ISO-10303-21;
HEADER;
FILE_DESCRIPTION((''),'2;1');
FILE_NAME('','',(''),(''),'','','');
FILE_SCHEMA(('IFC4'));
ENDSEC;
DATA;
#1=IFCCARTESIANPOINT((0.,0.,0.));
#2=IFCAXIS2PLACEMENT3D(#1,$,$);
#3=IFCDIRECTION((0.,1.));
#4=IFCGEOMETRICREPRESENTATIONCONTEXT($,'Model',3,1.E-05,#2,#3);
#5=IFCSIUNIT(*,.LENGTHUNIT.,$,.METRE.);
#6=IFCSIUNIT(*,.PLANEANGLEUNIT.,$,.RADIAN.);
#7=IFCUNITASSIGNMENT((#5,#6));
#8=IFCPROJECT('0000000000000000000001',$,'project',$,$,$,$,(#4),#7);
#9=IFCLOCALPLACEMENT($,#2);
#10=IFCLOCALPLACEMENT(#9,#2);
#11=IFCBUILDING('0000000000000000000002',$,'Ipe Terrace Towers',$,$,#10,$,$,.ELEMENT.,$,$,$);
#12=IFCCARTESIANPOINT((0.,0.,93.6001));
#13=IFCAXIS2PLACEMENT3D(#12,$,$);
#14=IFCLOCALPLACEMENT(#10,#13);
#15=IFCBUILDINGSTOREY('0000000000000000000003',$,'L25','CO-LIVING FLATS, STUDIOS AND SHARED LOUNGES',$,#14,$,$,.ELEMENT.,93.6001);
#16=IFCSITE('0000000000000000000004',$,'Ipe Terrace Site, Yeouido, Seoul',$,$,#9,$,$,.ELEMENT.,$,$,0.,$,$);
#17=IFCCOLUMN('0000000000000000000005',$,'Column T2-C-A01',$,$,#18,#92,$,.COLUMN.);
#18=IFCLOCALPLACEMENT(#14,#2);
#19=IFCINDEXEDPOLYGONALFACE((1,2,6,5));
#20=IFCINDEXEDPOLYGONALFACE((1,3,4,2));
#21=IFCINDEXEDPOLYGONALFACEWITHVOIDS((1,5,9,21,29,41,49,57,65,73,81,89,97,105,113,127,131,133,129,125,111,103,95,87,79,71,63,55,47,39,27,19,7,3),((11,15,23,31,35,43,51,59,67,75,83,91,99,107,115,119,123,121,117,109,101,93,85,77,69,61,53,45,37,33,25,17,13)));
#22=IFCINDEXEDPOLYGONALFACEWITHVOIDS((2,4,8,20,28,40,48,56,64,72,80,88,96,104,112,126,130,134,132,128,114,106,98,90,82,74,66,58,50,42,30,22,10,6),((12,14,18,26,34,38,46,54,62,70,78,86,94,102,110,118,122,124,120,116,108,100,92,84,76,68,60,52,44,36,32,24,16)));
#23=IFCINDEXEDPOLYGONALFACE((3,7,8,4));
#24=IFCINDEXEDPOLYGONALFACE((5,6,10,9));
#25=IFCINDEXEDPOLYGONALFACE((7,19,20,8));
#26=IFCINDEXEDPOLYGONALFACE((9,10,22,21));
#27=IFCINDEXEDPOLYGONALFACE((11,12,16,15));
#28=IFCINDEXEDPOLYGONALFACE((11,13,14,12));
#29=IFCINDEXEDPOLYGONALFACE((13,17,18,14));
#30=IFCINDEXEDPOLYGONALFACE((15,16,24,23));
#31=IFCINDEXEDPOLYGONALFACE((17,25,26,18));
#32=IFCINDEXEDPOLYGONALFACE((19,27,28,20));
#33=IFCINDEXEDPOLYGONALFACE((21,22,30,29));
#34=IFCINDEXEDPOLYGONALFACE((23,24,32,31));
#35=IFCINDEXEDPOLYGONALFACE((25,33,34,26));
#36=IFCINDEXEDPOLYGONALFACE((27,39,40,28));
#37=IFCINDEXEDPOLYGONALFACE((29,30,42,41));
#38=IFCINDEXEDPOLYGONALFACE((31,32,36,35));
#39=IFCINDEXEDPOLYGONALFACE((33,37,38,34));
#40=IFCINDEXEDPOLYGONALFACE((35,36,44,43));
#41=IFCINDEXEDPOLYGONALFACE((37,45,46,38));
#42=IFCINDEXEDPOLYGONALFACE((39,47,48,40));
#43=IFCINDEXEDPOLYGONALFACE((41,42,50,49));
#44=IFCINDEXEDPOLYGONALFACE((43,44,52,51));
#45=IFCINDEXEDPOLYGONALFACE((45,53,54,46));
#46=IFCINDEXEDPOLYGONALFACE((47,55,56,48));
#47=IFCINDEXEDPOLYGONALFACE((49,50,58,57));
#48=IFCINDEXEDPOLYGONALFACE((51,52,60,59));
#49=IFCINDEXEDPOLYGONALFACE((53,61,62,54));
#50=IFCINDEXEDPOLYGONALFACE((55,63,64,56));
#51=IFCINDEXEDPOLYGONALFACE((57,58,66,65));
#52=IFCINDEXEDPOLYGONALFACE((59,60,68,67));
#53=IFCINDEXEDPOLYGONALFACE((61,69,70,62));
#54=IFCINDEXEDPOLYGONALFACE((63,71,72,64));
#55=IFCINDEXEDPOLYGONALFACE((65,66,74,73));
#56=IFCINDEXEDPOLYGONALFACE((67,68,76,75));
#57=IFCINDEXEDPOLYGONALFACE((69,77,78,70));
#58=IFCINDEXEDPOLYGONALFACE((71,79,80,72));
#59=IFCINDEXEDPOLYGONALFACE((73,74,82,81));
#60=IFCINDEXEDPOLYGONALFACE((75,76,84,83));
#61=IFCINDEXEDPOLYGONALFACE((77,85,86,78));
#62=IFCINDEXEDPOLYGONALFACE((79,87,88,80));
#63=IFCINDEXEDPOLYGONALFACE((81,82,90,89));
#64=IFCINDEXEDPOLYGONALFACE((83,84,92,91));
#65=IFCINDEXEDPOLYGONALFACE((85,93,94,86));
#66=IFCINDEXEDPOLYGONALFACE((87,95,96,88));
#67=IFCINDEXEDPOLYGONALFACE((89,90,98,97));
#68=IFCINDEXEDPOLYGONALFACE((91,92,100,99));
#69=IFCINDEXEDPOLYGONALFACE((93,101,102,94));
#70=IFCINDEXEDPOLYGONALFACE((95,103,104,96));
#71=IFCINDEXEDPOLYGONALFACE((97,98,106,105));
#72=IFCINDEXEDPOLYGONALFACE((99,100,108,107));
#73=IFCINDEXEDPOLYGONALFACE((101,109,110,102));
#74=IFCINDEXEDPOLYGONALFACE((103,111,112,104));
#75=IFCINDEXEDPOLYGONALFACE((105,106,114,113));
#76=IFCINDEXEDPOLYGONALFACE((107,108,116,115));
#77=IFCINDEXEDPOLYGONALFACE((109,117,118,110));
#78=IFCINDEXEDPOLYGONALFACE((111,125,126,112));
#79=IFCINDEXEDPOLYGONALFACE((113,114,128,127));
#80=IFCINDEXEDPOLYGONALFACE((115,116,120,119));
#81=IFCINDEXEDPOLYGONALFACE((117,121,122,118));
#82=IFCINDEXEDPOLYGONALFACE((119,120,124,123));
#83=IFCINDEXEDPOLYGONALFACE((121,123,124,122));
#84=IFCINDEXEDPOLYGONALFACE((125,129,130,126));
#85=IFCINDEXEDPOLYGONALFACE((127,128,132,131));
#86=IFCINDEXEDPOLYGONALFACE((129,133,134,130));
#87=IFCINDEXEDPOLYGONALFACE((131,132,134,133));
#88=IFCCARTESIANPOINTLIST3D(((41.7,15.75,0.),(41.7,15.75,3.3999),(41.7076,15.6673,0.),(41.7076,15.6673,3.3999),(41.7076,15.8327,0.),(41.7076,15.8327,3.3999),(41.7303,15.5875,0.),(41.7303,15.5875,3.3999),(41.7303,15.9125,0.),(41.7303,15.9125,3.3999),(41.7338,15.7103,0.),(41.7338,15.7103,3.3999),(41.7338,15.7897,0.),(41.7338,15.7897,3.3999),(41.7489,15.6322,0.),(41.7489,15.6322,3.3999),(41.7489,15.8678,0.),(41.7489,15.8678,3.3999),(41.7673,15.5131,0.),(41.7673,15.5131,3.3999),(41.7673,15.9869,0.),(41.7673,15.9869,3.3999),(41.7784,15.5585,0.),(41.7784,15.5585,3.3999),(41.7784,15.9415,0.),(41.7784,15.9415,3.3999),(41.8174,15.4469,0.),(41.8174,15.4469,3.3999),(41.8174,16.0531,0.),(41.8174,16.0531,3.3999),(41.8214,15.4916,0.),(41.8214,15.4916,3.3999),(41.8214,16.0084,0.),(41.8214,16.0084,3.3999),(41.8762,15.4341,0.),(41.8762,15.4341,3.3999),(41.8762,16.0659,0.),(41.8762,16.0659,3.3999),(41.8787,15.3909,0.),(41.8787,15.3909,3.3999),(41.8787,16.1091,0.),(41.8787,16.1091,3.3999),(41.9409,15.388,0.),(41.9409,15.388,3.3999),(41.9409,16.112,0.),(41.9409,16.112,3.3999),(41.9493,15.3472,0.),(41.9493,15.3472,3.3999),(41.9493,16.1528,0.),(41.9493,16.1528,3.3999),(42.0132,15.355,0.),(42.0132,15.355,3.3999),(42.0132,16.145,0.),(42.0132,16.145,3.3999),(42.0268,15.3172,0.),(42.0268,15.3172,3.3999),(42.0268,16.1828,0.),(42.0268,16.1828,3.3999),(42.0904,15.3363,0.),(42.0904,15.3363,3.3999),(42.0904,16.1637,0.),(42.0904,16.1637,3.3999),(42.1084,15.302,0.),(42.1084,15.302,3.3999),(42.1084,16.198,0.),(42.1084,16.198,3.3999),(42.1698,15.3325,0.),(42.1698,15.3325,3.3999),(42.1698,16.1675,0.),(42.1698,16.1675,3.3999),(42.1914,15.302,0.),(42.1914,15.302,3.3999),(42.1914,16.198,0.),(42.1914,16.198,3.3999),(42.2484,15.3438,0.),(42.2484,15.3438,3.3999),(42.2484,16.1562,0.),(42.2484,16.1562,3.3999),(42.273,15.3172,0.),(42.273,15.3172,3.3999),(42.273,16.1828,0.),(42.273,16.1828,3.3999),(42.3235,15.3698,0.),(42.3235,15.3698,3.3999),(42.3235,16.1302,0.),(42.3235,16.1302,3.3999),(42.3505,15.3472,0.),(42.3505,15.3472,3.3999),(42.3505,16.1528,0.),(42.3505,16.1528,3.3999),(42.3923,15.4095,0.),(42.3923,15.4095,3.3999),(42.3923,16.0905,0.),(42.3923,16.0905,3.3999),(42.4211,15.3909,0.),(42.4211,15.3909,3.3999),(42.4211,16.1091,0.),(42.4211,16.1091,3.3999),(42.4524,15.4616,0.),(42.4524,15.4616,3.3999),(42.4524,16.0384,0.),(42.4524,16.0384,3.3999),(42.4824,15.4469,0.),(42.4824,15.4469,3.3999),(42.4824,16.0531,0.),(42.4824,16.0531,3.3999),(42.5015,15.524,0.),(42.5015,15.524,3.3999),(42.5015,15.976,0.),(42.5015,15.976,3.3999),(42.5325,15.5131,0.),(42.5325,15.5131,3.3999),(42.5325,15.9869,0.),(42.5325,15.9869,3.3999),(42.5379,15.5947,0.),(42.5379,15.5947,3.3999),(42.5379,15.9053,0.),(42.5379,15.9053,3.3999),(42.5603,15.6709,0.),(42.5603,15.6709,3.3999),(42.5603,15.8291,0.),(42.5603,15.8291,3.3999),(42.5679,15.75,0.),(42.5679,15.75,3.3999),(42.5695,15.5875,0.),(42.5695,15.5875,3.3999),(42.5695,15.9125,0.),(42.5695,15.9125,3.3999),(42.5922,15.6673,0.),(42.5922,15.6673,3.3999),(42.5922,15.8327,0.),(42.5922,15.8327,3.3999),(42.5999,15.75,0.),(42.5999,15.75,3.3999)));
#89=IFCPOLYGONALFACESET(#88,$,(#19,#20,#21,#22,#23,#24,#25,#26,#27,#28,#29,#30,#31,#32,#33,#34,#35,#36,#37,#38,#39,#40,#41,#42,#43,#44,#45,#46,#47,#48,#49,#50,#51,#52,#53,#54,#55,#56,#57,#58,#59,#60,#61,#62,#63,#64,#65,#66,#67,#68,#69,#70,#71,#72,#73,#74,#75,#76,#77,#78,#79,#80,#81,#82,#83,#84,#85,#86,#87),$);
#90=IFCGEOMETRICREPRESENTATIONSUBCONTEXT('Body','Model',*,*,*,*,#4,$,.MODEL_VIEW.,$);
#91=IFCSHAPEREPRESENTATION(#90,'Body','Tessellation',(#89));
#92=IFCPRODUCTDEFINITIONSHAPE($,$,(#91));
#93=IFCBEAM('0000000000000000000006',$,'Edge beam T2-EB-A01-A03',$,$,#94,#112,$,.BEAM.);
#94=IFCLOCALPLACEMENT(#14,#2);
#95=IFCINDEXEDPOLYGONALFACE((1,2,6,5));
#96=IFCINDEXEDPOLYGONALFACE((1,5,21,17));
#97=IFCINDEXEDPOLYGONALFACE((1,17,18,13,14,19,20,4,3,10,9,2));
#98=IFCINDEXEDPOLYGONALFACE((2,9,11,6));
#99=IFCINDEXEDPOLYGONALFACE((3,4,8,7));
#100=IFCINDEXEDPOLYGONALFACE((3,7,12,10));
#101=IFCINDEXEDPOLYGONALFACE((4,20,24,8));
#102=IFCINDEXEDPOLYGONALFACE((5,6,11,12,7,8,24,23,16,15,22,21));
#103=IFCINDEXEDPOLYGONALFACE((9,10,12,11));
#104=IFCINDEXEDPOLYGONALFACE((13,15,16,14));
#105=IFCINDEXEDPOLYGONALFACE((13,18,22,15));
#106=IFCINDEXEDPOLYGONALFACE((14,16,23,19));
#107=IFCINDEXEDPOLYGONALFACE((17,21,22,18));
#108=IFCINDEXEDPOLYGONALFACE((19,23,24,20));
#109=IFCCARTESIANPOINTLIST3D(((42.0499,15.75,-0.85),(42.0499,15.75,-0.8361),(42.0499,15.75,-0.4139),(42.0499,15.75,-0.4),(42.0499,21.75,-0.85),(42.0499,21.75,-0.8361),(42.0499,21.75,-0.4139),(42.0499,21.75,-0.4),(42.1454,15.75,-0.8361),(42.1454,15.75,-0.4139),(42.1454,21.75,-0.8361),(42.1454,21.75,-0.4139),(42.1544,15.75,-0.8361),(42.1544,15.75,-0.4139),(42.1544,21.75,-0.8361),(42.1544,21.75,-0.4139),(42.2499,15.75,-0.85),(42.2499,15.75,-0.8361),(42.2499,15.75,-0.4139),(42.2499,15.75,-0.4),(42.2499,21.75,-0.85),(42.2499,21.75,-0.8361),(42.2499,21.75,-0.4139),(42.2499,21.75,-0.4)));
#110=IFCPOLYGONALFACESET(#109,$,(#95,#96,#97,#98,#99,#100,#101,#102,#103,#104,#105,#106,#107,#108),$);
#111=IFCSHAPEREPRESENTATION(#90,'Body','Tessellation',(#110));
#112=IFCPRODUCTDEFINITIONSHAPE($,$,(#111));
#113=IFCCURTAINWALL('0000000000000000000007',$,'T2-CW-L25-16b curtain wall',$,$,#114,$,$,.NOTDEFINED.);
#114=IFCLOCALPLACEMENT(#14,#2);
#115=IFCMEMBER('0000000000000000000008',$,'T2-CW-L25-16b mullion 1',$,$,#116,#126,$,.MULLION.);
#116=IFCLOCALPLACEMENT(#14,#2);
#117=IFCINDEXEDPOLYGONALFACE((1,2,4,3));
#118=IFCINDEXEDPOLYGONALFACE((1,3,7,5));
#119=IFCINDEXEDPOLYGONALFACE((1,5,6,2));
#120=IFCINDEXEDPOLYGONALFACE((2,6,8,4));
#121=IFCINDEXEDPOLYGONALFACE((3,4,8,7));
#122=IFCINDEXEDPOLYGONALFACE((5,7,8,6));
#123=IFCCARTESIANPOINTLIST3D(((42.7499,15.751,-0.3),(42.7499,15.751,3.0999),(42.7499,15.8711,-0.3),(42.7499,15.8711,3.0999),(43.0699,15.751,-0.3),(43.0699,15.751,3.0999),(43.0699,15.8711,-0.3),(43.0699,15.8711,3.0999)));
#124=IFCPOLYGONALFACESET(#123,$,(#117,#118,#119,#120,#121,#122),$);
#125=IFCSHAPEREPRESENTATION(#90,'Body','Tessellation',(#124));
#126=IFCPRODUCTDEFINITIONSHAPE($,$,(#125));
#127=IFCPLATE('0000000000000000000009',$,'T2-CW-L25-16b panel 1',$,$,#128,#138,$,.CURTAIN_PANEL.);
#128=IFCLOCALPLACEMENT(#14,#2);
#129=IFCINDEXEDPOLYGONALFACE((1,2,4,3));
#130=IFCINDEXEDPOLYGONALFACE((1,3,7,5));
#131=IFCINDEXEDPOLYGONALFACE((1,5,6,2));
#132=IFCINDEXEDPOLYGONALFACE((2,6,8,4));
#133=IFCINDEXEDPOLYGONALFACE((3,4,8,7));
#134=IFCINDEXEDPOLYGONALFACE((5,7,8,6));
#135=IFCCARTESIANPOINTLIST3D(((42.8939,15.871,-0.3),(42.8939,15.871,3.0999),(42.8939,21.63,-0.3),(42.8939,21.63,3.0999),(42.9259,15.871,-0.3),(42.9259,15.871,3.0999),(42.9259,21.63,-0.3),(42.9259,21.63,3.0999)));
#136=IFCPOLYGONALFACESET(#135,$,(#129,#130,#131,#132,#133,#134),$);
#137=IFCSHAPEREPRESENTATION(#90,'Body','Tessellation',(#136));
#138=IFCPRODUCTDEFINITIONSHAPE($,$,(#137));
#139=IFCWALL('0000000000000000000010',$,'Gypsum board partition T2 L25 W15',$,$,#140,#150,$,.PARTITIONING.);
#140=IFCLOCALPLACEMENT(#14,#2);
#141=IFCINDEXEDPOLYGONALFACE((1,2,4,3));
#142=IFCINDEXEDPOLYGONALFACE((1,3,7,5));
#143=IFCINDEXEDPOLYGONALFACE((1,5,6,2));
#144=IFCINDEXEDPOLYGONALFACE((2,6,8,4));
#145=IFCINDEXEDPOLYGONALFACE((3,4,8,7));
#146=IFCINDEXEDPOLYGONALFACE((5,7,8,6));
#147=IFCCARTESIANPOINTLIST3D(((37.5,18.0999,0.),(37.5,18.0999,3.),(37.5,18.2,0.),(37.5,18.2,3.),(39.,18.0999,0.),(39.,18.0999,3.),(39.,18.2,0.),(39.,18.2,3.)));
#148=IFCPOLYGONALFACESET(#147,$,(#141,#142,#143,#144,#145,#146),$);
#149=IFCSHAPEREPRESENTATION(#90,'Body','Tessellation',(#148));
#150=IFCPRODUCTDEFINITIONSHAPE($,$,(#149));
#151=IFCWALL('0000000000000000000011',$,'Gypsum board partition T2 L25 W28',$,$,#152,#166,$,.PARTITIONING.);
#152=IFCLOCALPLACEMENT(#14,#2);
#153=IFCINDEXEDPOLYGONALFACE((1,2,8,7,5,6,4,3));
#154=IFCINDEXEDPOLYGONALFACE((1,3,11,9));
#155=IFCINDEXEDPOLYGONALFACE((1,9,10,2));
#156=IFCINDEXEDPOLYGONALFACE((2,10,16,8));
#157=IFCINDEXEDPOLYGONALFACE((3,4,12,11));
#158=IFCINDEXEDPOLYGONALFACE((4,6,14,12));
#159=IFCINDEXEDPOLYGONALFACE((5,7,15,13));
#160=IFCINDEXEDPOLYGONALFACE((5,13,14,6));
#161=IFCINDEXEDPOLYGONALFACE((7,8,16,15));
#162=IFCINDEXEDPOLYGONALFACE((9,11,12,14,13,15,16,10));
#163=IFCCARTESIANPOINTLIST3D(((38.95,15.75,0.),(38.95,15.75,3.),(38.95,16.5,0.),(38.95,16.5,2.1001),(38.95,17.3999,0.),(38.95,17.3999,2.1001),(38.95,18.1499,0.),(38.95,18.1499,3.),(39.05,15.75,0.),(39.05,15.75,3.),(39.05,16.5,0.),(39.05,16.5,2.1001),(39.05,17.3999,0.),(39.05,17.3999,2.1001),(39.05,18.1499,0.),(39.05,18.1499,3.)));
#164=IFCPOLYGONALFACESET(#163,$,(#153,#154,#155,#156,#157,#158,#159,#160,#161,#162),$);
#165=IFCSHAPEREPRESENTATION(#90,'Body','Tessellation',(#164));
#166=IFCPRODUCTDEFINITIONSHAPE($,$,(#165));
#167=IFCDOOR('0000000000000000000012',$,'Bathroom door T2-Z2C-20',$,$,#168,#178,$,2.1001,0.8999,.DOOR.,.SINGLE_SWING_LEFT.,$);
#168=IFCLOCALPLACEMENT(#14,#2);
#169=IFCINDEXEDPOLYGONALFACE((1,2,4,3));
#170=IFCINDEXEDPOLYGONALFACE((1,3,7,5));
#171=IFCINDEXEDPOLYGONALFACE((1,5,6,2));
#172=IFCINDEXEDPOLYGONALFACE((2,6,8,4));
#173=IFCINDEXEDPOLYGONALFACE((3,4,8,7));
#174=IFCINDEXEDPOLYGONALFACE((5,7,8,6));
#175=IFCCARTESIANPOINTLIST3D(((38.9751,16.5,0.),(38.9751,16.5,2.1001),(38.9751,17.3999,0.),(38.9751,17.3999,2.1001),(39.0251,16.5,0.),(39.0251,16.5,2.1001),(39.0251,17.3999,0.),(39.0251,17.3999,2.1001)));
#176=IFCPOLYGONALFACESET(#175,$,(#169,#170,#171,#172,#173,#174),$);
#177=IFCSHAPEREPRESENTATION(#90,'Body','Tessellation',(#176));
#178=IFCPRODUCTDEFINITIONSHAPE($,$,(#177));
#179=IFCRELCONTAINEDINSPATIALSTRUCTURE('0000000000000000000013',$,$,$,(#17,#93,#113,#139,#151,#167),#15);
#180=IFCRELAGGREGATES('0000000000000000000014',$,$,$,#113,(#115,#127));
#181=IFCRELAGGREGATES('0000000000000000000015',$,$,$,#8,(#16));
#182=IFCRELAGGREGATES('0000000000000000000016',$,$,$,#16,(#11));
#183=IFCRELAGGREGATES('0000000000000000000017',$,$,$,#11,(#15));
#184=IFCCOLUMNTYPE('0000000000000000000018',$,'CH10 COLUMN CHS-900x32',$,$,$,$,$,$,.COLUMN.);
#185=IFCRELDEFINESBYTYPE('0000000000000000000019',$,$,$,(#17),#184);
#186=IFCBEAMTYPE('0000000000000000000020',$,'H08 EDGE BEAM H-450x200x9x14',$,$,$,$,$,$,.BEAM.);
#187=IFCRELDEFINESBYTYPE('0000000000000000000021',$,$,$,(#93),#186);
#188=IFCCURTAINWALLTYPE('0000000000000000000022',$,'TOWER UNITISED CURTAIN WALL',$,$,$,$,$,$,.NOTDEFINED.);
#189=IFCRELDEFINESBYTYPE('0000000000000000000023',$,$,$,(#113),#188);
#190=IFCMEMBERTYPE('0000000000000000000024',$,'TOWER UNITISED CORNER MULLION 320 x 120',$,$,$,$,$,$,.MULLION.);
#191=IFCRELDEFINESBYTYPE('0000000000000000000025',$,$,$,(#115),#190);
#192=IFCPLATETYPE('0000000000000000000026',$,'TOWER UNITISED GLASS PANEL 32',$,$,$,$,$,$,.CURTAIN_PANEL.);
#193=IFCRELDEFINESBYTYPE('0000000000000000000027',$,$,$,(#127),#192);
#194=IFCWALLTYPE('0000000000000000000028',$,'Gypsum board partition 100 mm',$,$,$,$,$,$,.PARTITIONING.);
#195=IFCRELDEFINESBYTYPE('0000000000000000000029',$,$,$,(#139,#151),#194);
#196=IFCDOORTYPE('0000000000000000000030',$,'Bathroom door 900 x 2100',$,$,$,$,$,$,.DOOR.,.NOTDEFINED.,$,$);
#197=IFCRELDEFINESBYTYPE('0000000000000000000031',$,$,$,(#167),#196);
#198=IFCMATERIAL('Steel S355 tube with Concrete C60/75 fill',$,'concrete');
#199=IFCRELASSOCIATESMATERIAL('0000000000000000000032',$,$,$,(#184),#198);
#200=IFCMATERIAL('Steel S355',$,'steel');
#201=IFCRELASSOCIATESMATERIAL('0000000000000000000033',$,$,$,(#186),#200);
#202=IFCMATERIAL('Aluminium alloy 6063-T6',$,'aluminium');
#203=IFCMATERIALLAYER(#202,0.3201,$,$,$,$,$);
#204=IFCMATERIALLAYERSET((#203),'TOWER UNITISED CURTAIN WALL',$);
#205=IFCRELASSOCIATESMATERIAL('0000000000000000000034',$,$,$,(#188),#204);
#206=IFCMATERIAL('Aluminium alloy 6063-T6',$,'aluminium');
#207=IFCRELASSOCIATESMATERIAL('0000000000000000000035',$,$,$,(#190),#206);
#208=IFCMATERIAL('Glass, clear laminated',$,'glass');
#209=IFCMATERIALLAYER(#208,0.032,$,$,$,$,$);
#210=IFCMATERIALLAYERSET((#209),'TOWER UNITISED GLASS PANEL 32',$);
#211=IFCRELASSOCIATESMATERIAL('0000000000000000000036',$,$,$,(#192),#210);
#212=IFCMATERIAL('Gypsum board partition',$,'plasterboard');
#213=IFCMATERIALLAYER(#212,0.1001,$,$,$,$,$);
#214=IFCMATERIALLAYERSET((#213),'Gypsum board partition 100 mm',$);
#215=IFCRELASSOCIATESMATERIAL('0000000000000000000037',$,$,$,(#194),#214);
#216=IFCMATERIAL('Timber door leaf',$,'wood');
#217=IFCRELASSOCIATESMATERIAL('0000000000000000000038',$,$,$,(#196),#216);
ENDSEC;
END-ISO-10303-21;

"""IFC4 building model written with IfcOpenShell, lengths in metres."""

from ifc_helpers import new_model, si_unit, direction, frame, frame_2d, origin, origin_2d, place, context, subcontext, project, spatial, rectangle, hollow_circle, i_section, extrude, material, layer, layer_set, material_profile, profile_set, type_object, element, fill, aggregate, save


model = new_model("IFC4")

# Units and contexts
model_context = context("Model", 3, precision=1e-05, world=origin(), true_north=direction((0.0, 1.0)))
body_context = subcontext(model_context, "Body", "Model", "MODEL_VIEW")
ifc_project = project(units=[si_unit("LENGTHUNIT", "METRE"), si_unit("PLANEANGLEUNIT", "RADIAN")], contexts=[model_context])

# Site, building, storey
site_placement = place(None, origin())
site = spatial("IfcSite", under=ifc_project, at=site_placement, Name="Ipe Terrace Site, Yeouido, Seoul", CompositionType="ELEMENT", RefElevation=0.0)
building_placement = place(site_placement, origin())
building = spatial("IfcBuilding", under=site, at=building_placement, Name="Ipe Terrace Towers", CompositionType="ELEMENT")
storey_placement = place(building_placement, frame((0.0, 0.0, 93.6001)))
storey = spatial("IfcBuildingStorey", under=building, at=storey_placement, Name="L25", Description="CO-LIVING FLATS, STUDIOS AND SHARED LOUNGES", CompositionType="ELEMENT", Elevation=93.6001)

# Column
ifc_material_1 = material(Name="Steel S355 tube with Concrete C60/75 fill", Category="concrete")
ifc_material_profile_1 = material_profile(ifc_material_1, hollow_circle(Radius=0.45, WallThickness=0.032, at=origin_2d()), Name="CHS-900x32")
ifc_profile_set_1 = profile_set([ifc_material_profile_1], Name="Steel S355 tube with Concrete C60/75 fill")
column_type = type_object("IfcColumnType", Name="CH10 COLUMN CHS-900x32", PredefinedType="COLUMN", material=ifc_profile_set_1)
column_placement = place(storey_placement, frame((42.1499, 15.75, 0.0), z_axis=(0.0, 0.0, 1.0), x_axis=(1.0, 0.0, 0.0)))
element("IfcColumn", 1, at=column_placement, inside=storey, type_object=column_type, Name="Column T2-C-A01", PredefinedType="COLUMN", context=body_context, shape_type="SweptSolid", body=[
    extrude(hollow_circle(Radius=0.45, WallThickness=0.032, at=origin_2d()), origin(), (0.0, 0.0, 1.0), 3.3999),
])

# Beam
ifc_material_2 = material(Name="Steel S355", Category="steel")
ifc_material_profile_2 = material_profile(ifc_material_2, i_section(OverallWidth=0.2, OverallDepth=0.45, WebThickness=0.009, FlangeThickness=0.0139, at=origin_2d()), Name="H-450x200x9x14")
ifc_profile_set_2 = profile_set([ifc_material_profile_2], Name="Steel S355")
beam_type = type_object("IfcBeamType", Name="H08 EDGE BEAM H-450x200x9x14", PredefinedType="BEAM", material=ifc_profile_set_2)
beam_placement = place(storey_placement, frame((42.1499, 15.75, -0.625), z_axis=(0.0, 1.0, 0.0), x_axis=(-1.0, 0.0, 0.0)))
element("IfcBeam", 2, at=beam_placement, inside=storey, type_object=beam_type, Name="Edge beam T2-EB-A01-A03", PredefinedType="BEAM", context=body_context, shape_type="SweptSolid", body=[
    extrude(i_section(OverallWidth=0.2, OverallDepth=0.45, WebThickness=0.009, FlangeThickness=0.0139, at=origin_2d()), origin(), (0.0, 0.0, 1.0), 6.0),
])

# Curtain wall, member, plate
ifc_material_3 = material(Name="Aluminium alloy 6063-T6", Category="aluminium")
ifc_layer_1 = layer(ifc_material_3, 0.3201)
ifc_layer_set_1 = layer_set([ifc_layer_1], Name="TOWER UNITISED CURTAIN WALL")
curtain_wall_type = type_object("IfcCurtainWallType", Name="TOWER UNITISED CURTAIN WALL", PredefinedType="NOTDEFINED", material=ifc_layer_set_1)
curtain_wall_placement = place(storey_placement, origin())
curtain_wall = element("IfcCurtainWall", 3, at=curtain_wall_placement, inside=storey, type_object=curtain_wall_type, Name="T2-CW-L25-16b curtain wall", PredefinedType="NOTDEFINED")
ifc_material_4 = material(Name="Aluminium alloy 6063-T6", Category="aluminium")
ifc_material_profile_3 = material_profile(ifc_material_4, rectangle(XDim=0.3201, YDim=0.1201, at=origin_2d()), Name="TOWER UNITISED CORNER MULLION 320 x 120")
ifc_profile_set_3 = profile_set([ifc_material_profile_3], Name="Aluminium alloy 6063-T6")
member_type = type_object("IfcMemberType", Name="TOWER UNITISED CORNER MULLION 320 x 120", PredefinedType="MULLION", material=ifc_profile_set_3)
member_placement = place(storey_placement, frame((42.9099, 15.811, -0.3), z_axis=(0.0, 0.0, 1.0), x_axis=(1.0, 0.0, 0.0)))
member = element("IfcMember", 4, at=member_placement, type_object=member_type, Name="T2-CW-L25-16b mullion 1", PredefinedType="MULLION", context=body_context, shape_type="SweptSolid", body=[
    extrude(rectangle(XDim=0.3201, YDim=0.1201, at=origin_2d()), origin(), (0.0, 0.0, 1.0), 3.3999),
])
ifc_material_5 = material(Name="Glass, clear laminated", Category="glass")
ifc_layer_2 = layer(ifc_material_5, 0.032)
ifc_layer_set_2 = layer_set([ifc_layer_2], Name="TOWER UNITISED GLASS PANEL 32")
plate_type = type_object("IfcPlateType", Name="TOWER UNITISED GLASS PANEL 32", PredefinedType="CURTAIN_PANEL", material=ifc_layer_set_2)
plate_placement = place(storey_placement, frame((42.9099, 18.7505, -0.3), z_axis=(0.0, 0.0, 1.0), x_axis=(0.0, 1.0, 0.0)))
plate = element("IfcPlate", 5, at=plate_placement, type_object=plate_type, Name="T2-CW-L25-16b panel 1", PredefinedType="CURTAIN_PANEL", context=body_context, shape_type="SweptSolid", body=[
    extrude(rectangle(XDim=5.759, YDim=0.032, at=origin_2d()), origin(), (0.0, 0.0, 1.0), 3.3999),
])
aggregate(curtain_wall, [member, plate])

# Wall
ifc_material_6 = material(Name="Gypsum board partition", Category="plasterboard")
ifc_layer_3 = layer(ifc_material_6, 0.1001)
ifc_layer_set_3 = layer_set([ifc_layer_3], Name="Gypsum board partition 100 mm")
wall_type_1 = type_object("IfcWallType", Name="Gypsum board partition 100 mm", PredefinedType="PARTITIONING", material=ifc_layer_set_3)
wall_1_placement = place(storey_placement, frame((39.0, 18.1499, 0.0), z_axis=(0.0, 0.0, 1.0), x_axis=(-1.0, 0.0, 0.0)))
element("IfcWall", 6, at=wall_1_placement, inside=storey, type_object=wall_type_1, Name="Gypsum board partition T2 L25 W15", PredefinedType="PARTITIONING", context=body_context, shape_type="SweptSolid", body=[
    extrude(rectangle(XDim=1.5, YDim=0.1001, at=frame_2d((0.75, 0.0))), origin(), (0.0, 0.0, 1.0), 3.0),
])

# Wall, opening, door
wall_2_placement = place(storey_placement, frame((39.0, 15.75, 0.0), z_axis=(0.0, 0.0, 1.0), x_axis=(0.0, 1.0, 0.0)))
wall_2 = element("IfcWall", 7, at=wall_2_placement, inside=storey, type_object=wall_type_1, Name="Gypsum board partition T2 L25 W28", PredefinedType="PARTITIONING", context=body_context, shape_type="SweptSolid", body=[
    extrude(rectangle(XDim=2.3999, YDim=0.1001, at=frame_2d((1.2, 0.0))), origin(), (0.0, 0.0, 1.0), 3.0),
])
opening_1_placement = place(wall_2_placement, frame((0.75, 0.0, 0.0)))
opening_1 = element("IfcOpeningElement", 8, at=opening_1_placement, cuts=wall_2, PredefinedType="OPENING", context=body_context, shape_type="SweptSolid", body=[
    extrude(rectangle(XDim=0.8999, YDim=2.1001, at=frame_2d((0.45, 1.05))), frame((0.0, 0.0601, 0.0), z_axis=(0.0, -1.0, 0.0), x_axis=(1.0, 0.0, 0.0)), (0.0, 0.0, 1.0), 0.1201),
])
ifc_material_7 = material(Name="Timber door leaf", Category="wood")
door_type_1 = type_object("IfcDoorType", Name="Bathroom door 900 x 2100", OperationType="NOTDEFINED", PredefinedType="DOOR", material=ifc_material_7)
door_1_placement = place(opening_1_placement, origin())
door_1 = element("IfcDoor", 9, at=door_1_placement, inside=storey, type_object=door_type_1, Name="Bathroom door T2-Z2C-20", OperationType="SINGLE_SWING_LEFT", OverallHeight=2.1001, OverallWidth=0.8999, PredefinedType="DOOR", context=body_context, shape_type="SweptSolid", body=[
    extrude(rectangle(XDim=0.8999, YDim=2.1001, at=frame_2d((0.45, 1.05))), frame((0.0, 0.0249, 0.0), z_axis=(0.0, -1.0, 0.0), x_axis=(1.0, 0.0, 0.0)), (0.0, 0.0, 1.0), 0.05),
])
fill(opening_1, door_1)

save(model, "model.ifc")
